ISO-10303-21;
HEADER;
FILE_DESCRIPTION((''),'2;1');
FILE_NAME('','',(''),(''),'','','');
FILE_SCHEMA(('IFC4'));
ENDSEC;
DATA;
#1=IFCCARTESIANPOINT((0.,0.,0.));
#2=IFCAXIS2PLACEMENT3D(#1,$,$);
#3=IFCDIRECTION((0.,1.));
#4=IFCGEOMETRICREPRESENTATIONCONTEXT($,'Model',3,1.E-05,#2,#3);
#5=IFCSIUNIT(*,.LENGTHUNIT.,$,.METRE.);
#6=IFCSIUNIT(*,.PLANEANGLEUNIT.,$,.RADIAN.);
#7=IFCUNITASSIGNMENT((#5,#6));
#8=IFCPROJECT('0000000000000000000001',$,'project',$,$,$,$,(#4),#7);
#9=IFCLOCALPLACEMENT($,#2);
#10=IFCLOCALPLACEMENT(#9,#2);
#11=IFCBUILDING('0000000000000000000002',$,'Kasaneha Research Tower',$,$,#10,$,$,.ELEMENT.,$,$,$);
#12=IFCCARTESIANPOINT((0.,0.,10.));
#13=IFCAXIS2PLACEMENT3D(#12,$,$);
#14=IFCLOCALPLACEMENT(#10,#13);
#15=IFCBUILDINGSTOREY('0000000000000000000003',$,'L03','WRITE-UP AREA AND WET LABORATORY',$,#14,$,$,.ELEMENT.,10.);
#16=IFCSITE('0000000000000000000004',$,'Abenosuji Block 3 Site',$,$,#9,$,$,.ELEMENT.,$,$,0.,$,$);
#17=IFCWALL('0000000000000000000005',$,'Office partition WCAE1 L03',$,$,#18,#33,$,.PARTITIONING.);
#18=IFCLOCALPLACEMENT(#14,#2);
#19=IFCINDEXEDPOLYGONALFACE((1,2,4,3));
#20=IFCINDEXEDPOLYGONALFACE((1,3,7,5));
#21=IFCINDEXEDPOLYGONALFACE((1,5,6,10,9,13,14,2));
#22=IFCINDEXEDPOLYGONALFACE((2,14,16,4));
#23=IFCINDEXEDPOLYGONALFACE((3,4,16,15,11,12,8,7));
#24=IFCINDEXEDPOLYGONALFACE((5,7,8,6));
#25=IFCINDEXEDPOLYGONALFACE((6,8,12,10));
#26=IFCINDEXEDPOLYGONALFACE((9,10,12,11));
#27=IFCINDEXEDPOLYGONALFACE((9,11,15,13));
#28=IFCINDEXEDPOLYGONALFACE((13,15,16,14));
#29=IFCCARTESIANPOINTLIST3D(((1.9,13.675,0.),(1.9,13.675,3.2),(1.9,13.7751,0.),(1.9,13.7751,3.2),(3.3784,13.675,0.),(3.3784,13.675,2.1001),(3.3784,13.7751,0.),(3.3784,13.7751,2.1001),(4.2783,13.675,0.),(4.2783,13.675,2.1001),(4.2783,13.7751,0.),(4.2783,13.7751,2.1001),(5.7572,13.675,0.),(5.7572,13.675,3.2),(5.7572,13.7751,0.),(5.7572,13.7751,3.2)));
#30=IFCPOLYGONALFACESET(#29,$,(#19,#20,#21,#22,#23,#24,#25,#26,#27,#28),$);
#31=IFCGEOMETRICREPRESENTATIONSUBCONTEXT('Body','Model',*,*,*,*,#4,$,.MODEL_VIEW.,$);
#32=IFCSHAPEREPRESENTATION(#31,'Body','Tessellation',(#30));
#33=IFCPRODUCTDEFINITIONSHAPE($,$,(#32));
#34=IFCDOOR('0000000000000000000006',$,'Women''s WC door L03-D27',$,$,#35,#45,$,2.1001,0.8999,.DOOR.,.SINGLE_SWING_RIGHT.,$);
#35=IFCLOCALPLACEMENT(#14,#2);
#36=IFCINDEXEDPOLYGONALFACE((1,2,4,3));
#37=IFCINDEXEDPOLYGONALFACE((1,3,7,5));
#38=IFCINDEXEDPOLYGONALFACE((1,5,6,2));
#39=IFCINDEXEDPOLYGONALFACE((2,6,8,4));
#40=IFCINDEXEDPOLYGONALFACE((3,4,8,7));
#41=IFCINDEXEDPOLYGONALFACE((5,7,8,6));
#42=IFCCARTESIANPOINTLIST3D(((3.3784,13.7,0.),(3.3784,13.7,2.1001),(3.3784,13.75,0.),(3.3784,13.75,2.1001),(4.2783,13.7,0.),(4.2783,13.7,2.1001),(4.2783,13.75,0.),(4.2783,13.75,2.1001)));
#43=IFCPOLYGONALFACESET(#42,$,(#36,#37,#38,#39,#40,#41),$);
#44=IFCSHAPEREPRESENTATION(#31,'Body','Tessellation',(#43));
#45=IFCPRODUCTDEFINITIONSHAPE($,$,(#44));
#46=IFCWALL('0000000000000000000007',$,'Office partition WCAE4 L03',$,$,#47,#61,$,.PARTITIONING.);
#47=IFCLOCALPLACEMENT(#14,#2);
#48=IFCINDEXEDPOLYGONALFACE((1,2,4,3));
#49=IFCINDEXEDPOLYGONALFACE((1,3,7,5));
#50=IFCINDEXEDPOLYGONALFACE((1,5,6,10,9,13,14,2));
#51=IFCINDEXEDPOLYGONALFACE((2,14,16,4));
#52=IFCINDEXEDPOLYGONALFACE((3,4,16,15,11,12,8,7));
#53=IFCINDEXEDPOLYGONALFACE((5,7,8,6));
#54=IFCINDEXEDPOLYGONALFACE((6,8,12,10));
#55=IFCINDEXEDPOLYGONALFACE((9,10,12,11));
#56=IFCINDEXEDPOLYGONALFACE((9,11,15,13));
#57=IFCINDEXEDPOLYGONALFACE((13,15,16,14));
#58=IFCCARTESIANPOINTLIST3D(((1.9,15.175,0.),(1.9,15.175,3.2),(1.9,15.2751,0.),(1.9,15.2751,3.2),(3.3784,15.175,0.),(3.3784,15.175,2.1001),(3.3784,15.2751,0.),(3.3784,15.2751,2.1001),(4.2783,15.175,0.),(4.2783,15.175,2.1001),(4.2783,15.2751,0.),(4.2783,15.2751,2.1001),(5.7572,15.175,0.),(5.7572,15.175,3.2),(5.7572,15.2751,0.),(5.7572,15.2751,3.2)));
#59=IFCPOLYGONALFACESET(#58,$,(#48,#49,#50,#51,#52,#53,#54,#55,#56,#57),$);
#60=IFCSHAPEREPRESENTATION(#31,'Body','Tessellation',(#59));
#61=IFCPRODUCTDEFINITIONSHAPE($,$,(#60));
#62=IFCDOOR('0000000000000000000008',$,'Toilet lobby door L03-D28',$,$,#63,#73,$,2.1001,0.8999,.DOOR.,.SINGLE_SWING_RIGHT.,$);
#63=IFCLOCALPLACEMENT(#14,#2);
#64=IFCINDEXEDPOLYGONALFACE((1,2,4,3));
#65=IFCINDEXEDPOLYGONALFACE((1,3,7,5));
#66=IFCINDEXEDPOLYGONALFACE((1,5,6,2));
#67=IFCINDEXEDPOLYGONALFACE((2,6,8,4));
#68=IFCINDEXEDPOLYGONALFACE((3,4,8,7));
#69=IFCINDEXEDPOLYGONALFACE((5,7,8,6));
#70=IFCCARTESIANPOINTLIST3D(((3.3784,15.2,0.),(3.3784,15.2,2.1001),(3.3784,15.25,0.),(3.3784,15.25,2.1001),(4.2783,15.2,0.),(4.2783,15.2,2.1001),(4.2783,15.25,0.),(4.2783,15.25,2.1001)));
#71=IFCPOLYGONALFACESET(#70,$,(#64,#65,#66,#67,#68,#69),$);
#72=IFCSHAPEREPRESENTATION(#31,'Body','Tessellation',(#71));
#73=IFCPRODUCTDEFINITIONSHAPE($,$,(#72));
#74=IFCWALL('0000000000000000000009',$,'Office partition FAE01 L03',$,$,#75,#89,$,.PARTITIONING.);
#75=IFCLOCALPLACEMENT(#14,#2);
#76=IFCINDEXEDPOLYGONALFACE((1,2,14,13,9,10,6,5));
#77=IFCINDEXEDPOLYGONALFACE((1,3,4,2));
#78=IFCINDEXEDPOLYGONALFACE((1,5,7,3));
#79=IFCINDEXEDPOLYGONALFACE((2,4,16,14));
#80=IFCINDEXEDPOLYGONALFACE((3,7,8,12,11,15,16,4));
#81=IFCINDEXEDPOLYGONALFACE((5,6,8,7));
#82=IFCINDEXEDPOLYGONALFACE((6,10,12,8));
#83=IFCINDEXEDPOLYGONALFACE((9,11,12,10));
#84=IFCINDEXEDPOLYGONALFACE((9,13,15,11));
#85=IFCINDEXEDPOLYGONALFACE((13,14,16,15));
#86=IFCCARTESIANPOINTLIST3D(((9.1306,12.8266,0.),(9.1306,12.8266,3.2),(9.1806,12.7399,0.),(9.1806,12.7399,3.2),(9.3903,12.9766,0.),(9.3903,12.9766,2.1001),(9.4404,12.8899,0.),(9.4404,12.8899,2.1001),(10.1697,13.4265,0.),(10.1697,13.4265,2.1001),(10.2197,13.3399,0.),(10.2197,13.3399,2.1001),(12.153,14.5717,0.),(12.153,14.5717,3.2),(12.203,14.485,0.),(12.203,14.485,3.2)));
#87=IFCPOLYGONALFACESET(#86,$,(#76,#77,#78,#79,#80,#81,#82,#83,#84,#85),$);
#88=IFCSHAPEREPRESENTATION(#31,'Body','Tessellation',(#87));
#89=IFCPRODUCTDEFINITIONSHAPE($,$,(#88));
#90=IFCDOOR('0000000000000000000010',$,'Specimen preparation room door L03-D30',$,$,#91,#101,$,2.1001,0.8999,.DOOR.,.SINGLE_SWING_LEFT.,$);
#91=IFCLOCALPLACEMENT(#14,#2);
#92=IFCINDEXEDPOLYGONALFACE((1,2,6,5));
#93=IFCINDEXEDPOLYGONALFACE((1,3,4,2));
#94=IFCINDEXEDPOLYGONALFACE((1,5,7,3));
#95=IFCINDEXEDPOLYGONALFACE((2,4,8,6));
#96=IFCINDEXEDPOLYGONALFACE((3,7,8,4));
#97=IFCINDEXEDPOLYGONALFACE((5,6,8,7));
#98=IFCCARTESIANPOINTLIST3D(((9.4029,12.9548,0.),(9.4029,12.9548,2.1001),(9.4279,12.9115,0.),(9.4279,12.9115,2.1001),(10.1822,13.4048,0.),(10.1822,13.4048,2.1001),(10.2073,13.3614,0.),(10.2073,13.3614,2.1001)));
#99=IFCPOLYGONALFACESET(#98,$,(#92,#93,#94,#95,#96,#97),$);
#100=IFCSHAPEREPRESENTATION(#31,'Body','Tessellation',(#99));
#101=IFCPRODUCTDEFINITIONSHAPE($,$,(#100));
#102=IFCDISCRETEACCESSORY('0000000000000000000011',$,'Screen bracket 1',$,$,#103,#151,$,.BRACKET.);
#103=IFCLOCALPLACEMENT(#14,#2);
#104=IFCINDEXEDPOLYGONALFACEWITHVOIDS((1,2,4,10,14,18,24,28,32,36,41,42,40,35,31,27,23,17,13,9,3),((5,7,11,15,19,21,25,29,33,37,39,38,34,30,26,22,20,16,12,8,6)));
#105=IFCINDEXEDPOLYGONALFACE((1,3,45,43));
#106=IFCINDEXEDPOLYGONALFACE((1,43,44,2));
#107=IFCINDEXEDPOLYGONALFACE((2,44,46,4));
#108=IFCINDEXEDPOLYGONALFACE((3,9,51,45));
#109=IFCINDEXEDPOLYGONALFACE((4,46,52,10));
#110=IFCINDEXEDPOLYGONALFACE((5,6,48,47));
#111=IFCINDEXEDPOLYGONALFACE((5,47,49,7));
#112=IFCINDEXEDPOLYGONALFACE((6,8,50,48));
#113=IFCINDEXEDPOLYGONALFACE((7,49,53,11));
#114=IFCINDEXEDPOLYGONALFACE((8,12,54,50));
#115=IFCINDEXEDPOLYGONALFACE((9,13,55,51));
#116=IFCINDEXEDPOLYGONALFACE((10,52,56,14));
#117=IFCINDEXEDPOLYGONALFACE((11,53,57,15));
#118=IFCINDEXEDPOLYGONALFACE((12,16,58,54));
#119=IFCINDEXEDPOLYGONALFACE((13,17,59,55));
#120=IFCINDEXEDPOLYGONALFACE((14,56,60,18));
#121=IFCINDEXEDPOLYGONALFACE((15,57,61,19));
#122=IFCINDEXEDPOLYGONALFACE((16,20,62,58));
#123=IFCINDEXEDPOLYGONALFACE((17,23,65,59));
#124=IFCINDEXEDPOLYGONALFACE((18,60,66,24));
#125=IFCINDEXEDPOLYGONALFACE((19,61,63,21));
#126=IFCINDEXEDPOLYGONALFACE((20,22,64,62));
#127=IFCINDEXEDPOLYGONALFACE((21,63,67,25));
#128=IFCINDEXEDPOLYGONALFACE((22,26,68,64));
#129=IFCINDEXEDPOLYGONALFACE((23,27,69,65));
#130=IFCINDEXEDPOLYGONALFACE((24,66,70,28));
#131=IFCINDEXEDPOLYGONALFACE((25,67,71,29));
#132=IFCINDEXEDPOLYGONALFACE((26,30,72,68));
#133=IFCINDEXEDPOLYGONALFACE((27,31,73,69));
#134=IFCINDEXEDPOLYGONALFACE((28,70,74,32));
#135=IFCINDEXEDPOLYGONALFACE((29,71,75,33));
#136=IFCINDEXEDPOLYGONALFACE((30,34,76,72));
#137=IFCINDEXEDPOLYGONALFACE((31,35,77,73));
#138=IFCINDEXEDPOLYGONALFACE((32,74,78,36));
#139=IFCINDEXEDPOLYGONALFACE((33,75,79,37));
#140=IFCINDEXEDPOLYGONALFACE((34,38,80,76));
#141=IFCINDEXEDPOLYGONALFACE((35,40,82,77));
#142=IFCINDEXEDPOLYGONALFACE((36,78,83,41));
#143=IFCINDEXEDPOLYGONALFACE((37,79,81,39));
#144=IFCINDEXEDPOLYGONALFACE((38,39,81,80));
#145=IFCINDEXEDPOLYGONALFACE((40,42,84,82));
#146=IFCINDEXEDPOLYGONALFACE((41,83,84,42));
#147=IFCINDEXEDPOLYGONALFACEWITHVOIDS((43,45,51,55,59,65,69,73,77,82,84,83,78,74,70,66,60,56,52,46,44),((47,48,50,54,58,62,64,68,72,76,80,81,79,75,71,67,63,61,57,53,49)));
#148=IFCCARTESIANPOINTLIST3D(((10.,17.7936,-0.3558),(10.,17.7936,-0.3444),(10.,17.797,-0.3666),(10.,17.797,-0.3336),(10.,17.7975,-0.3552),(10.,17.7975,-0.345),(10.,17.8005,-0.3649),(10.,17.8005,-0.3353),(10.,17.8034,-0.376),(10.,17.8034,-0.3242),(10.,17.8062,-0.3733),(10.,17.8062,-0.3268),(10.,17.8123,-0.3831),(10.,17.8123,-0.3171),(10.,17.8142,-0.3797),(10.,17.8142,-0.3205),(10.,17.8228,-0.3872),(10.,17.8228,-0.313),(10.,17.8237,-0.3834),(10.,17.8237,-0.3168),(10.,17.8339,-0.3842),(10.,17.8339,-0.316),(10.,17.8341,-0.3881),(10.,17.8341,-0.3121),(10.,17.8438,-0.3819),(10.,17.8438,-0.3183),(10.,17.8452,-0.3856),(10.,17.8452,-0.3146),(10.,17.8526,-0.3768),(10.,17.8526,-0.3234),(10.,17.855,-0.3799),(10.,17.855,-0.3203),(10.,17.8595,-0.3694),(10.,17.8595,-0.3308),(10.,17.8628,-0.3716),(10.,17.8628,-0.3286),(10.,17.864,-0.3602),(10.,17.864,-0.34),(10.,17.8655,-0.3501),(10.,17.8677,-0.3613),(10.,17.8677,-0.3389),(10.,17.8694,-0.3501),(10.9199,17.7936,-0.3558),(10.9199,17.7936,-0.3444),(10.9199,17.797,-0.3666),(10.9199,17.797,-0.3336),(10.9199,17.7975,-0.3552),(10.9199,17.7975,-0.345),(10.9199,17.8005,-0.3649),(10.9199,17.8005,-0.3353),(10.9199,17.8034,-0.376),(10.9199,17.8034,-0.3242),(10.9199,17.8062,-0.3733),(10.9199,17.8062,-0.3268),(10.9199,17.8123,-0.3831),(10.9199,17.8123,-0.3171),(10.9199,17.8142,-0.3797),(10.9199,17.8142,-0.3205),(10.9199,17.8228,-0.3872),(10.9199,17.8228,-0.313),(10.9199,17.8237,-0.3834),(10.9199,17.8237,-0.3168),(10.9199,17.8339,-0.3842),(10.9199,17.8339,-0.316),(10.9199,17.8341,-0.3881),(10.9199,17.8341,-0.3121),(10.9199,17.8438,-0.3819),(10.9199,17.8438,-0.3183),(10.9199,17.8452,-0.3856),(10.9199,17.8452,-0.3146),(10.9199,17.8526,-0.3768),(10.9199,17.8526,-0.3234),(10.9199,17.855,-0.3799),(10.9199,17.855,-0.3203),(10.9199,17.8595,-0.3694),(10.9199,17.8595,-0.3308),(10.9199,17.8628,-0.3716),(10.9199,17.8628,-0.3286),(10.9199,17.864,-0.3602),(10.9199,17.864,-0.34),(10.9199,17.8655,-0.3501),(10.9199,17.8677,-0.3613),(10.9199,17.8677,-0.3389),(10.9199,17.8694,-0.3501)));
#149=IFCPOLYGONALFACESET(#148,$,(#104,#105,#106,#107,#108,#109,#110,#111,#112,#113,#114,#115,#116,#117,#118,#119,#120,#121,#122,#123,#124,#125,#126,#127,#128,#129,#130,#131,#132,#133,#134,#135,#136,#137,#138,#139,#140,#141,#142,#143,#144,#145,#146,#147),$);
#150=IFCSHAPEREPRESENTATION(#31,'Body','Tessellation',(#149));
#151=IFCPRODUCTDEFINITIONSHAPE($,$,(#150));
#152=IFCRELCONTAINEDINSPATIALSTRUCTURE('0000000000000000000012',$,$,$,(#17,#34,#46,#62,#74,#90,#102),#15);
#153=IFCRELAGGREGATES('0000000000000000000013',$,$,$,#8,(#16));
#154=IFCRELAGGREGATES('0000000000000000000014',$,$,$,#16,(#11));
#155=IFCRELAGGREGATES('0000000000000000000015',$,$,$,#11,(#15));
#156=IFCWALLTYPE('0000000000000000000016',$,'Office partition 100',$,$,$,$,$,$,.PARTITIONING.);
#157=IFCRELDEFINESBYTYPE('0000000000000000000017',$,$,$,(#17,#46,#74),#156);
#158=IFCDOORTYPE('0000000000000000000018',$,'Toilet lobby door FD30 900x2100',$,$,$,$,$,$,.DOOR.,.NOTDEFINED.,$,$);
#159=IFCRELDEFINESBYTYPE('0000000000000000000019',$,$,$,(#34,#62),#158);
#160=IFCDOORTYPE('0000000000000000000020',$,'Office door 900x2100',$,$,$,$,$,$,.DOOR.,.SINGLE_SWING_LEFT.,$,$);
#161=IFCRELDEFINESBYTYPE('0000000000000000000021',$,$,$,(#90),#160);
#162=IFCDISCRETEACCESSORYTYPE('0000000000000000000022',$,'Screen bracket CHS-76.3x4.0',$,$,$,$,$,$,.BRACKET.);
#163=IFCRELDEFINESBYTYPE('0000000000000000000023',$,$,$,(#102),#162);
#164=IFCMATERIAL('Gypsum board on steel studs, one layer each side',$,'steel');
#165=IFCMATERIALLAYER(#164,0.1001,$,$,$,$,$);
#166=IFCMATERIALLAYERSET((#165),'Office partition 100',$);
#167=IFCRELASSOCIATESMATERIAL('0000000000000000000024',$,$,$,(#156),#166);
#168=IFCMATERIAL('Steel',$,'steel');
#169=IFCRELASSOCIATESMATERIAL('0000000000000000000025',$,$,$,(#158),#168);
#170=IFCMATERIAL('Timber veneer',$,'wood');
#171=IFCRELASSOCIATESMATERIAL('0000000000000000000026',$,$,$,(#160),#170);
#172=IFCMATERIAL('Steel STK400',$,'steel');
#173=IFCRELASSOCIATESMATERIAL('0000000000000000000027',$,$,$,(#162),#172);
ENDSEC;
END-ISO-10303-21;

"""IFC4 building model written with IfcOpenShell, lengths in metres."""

from ifc_helpers import new_model, si_unit, direction, frame, frame_2d, origin, origin_2d, place, context, subcontext, project, spatial, rectangle, hollow_circle, extrude, material, layer, layer_set, material_profile, profile_set, type_object, element, fill, save


model = new_model("IFC4")

# Units and contexts
model_context = context("Model", 3, precision=1e-05, world=origin(), true_north=direction((0.0, 1.0)))
body_context = subcontext(model_context, "Body", "Model", "MODEL_VIEW")
ifc_project = project(units=[si_unit("LENGTHUNIT", "METRE"), si_unit("PLANEANGLEUNIT", "RADIAN")], contexts=[model_context])

# Site, building, storey
site_placement = place(None, origin())
site = spatial("IfcSite", under=ifc_project, at=site_placement, Name="Abenosuji Block 3 Site", CompositionType="ELEMENT", RefElevation=0.0)
building_placement = place(site_placement, origin())
building = spatial("IfcBuilding", under=site, at=building_placement, Name="Kasaneha Research Tower", CompositionType="ELEMENT")
storey_placement = place(building_placement, frame((0.0, 0.0, 10.0)))
storey = spatial("IfcBuildingStorey", under=building, at=storey_placement, Name="L03", Description="WRITE-UP AREA AND WET LABORATORY", CompositionType="ELEMENT", Elevation=10.0)

# Walls, openings, doors
ifc_material_1 = material(Name="Gypsum board on steel studs, one layer each side", Category="steel")
ifc_layer_1 = layer(ifc_material_1, 0.1001)
ifc_layer_set_1 = layer_set([ifc_layer_1], Name="Office partition 100")
wall_type_1 = type_object("IfcWallType", Name="Office partition 100", PredefinedType="PARTITIONING", material=ifc_layer_set_1)
wall_1_placement = place(storey_placement, frame((1.8999, 13.7251, 0.0), z_axis=(0.0, 0.0, 1.0), x_axis=(1.0, 0.0, 0.0)))
wall_1 = element("IfcWall", 1, at=wall_1_placement, inside=storey, type_object=wall_type_1, Name="Office partition WCAE1 L03", PredefinedType="PARTITIONING", context=body_context, shape_type="SweptSolid", body=[
    extrude(rectangle(XDim=3.8572, YDim=0.1001, at=frame_2d((1.9287, 0.0))), origin(), (0.0, 0.0, 1.0), 3.2),
])
opening_1_placement = place(wall_1_placement, frame((1.4785, 0.0, 0.0)))
opening_1 = element("IfcOpeningElement", 2, at=opening_1_placement, cuts=wall_1, PredefinedType="OPENING", context=body_context, shape_type="SweptSolid", body=[
    extrude(rectangle(XDim=0.8999, YDim=2.1001, at=frame_2d((0.45, 1.05))), frame((0.0, 0.0601, 0.0), z_axis=(0.0, -1.0, 0.0), x_axis=(1.0, 0.0, 0.0)), (0.0, 0.0, 1.0), 0.1201),
])
ifc_material_2 = material(Name="Steel", Category="steel")
door_type_1 = type_object("IfcDoorType", Name="Toilet lobby door FD30 900x2100", OperationType="NOTDEFINED", PredefinedType="DOOR", material=ifc_material_2)
door_1_placement = place(opening_1_placement, origin())
door_1 = element("IfcDoor", 3, at=door_1_placement, inside=storey, type_object=door_type_1, Name="Women's WC door L03-D27", OperationType="SINGLE_SWING_RIGHT", OverallHeight=2.1001, OverallWidth=0.8999, PredefinedType="DOOR", context=body_context, shape_type="SweptSolid", body=[
    extrude(rectangle(XDim=0.8999, YDim=2.1001, at=frame_2d((0.45, 1.05))), frame((0.0, 0.0249, 0.0), z_axis=(0.0, -1.0, 0.0), x_axis=(1.0, 0.0, 0.0)), (0.0, 0.0, 1.0), 0.05),
])
fill(opening_1, door_1)
wall_2_placement = place(storey_placement, frame((1.8999, 15.2251, 0.0), z_axis=(0.0, 0.0, 1.0), x_axis=(1.0, 0.0, 0.0)))
wall_2 = element("IfcWall", 4, at=wall_2_placement, inside=storey, type_object=wall_type_1, Name="Office partition WCAE4 L03", PredefinedType="PARTITIONING", context=body_context, shape_type="SweptSolid", body=[
    extrude(rectangle(XDim=3.8572, YDim=0.1001, at=frame_2d((1.9287, 0.0))), origin(), (0.0, 0.0, 1.0), 3.2),
])
opening_2_placement = place(wall_2_placement, frame((1.4785, 0.0, 0.0)))
opening_2 = element("IfcOpeningElement", 5, at=opening_2_placement, cuts=wall_2, PredefinedType="OPENING", context=body_context, shape_type="SweptSolid", body=[
    extrude(rectangle(XDim=0.8999, YDim=2.1001, at=frame_2d((0.45, 1.05))), frame((0.0, 0.0601, 0.0), z_axis=(0.0, -1.0, 0.0), x_axis=(1.0, 0.0, 0.0)), (0.0, 0.0, 1.0), 0.1201),
])
door_2_placement = place(opening_2_placement, origin())
door_2 = element("IfcDoor", 6, at=door_2_placement, inside=storey, type_object=door_type_1, Name="Toilet lobby door L03-D28", OperationType="SINGLE_SWING_RIGHT", OverallHeight=2.1001, OverallWidth=0.8999, PredefinedType="DOOR", context=body_context, shape_type="SweptSolid", body=[
    extrude(rectangle(XDim=0.8999, YDim=2.1001, at=frame_2d((0.45, 1.05))), frame((0.0, 0.0249, 0.0), z_axis=(0.0, -1.0, 0.0), x_axis=(1.0, 0.0, 0.0)), (0.0, 0.0, 1.0), 0.05),
])
fill(opening_2, door_2)
wall_3_placement = place(storey_placement, frame((9.1555, 12.7832, 0.0), z_axis=(0.0, 0.0, 1.0), x_axis=(0.866013, 0.500021, 0.0)))
wall_3 = element("IfcWall", 7, at=wall_3_placement, inside=storey, type_object=wall_type_1, Name="Office partition FAE01 L03", PredefinedType="PARTITIONING", context=body_context, shape_type="SweptSolid", body=[
    extrude(rectangle(XDim=3.49, YDim=0.1001, at=frame_2d((1.7451, 0.0))), origin(), (0.0, 0.0, 1.0), 3.2),
])
opening_3_placement = place(wall_3_placement, frame((0.3, 0.0, 0.0)))
opening_3 = element("IfcOpeningElement", 8, at=opening_3_placement, cuts=wall_3, PredefinedType="OPENING", context=body_context, shape_type="SweptSolid", body=[
    extrude(rectangle(XDim=0.8999, YDim=2.1001, at=frame_2d((0.45, 1.05))), frame((0.0, 0.0601, 0.0), z_axis=(0.0, -1.0, 0.0), x_axis=(1.0, 0.0, 0.0)), (0.0, 0.0, 1.0), 0.1201),
])
ifc_material_3 = material(Name="Timber veneer", Category="wood")
door_type_2 = type_object("IfcDoorType", Name="Office door 900x2100", OperationType="SINGLE_SWING_LEFT", PredefinedType="DOOR", material=ifc_material_3)
door_3_placement = place(opening_3_placement, origin())
door_3 = element("IfcDoor", 9, at=door_3_placement, inside=storey, type_object=door_type_2, Name="Specimen preparation room door L03-D30", OperationType="SINGLE_SWING_LEFT", OverallHeight=2.1001, OverallWidth=0.8999, PredefinedType="DOOR", context=body_context, shape_type="SweptSolid", body=[
    extrude(rectangle(XDim=0.8999, YDim=2.1001, at=frame_2d((0.45, 1.05))), frame((0.0, 0.0249, 0.0), z_axis=(0.0, -1.0, 0.0), x_axis=(1.0, 0.0, 0.0)), (0.0, 0.0, 1.0), 0.05),
])
fill(opening_3, door_3)

# Discrete accessory
ifc_material_4 = material(Name="Steel STK400", Category="steel")
ifc_material_profile_1 = material_profile(ifc_material_4, hollow_circle(Radius=0.0381, WallThickness=0.0039, at=origin_2d()), Name="CHS-76.3x4.0")
ifc_profile_set_1 = profile_set([ifc_material_profile_1], Name="Steel STK400")
discrete_accessory_type = type_object("IfcDiscreteAccessoryType", Name="Screen bracket CHS-76.3x4.0", PredefinedType="BRACKET", material=ifc_profile_set_1)
for number, where, z_axis, x_axis, name in (
    (10, (10.0, 17.8313, -0.3501), (1.0, 0.0, 0.0), (0.0, 1.0, 0.0), "Screen bracket 1"),
):
    element("IfcDiscreteAccessory", number, at=place(storey_placement, frame(where, z_axis=z_axis, x_axis=x_axis)), inside=storey, type_object=discrete_accessory_type, Name=name, PredefinedType="BRACKET", context=body_context, shape_type="SweptSolid", body=[
        extrude(hollow_circle(Radius=0.0381, WallThickness=0.0039, at=origin_2d()), origin(), (0.0, 0.0, 1.0), 0.9199),
    ])

save(model, "model.ifc")
